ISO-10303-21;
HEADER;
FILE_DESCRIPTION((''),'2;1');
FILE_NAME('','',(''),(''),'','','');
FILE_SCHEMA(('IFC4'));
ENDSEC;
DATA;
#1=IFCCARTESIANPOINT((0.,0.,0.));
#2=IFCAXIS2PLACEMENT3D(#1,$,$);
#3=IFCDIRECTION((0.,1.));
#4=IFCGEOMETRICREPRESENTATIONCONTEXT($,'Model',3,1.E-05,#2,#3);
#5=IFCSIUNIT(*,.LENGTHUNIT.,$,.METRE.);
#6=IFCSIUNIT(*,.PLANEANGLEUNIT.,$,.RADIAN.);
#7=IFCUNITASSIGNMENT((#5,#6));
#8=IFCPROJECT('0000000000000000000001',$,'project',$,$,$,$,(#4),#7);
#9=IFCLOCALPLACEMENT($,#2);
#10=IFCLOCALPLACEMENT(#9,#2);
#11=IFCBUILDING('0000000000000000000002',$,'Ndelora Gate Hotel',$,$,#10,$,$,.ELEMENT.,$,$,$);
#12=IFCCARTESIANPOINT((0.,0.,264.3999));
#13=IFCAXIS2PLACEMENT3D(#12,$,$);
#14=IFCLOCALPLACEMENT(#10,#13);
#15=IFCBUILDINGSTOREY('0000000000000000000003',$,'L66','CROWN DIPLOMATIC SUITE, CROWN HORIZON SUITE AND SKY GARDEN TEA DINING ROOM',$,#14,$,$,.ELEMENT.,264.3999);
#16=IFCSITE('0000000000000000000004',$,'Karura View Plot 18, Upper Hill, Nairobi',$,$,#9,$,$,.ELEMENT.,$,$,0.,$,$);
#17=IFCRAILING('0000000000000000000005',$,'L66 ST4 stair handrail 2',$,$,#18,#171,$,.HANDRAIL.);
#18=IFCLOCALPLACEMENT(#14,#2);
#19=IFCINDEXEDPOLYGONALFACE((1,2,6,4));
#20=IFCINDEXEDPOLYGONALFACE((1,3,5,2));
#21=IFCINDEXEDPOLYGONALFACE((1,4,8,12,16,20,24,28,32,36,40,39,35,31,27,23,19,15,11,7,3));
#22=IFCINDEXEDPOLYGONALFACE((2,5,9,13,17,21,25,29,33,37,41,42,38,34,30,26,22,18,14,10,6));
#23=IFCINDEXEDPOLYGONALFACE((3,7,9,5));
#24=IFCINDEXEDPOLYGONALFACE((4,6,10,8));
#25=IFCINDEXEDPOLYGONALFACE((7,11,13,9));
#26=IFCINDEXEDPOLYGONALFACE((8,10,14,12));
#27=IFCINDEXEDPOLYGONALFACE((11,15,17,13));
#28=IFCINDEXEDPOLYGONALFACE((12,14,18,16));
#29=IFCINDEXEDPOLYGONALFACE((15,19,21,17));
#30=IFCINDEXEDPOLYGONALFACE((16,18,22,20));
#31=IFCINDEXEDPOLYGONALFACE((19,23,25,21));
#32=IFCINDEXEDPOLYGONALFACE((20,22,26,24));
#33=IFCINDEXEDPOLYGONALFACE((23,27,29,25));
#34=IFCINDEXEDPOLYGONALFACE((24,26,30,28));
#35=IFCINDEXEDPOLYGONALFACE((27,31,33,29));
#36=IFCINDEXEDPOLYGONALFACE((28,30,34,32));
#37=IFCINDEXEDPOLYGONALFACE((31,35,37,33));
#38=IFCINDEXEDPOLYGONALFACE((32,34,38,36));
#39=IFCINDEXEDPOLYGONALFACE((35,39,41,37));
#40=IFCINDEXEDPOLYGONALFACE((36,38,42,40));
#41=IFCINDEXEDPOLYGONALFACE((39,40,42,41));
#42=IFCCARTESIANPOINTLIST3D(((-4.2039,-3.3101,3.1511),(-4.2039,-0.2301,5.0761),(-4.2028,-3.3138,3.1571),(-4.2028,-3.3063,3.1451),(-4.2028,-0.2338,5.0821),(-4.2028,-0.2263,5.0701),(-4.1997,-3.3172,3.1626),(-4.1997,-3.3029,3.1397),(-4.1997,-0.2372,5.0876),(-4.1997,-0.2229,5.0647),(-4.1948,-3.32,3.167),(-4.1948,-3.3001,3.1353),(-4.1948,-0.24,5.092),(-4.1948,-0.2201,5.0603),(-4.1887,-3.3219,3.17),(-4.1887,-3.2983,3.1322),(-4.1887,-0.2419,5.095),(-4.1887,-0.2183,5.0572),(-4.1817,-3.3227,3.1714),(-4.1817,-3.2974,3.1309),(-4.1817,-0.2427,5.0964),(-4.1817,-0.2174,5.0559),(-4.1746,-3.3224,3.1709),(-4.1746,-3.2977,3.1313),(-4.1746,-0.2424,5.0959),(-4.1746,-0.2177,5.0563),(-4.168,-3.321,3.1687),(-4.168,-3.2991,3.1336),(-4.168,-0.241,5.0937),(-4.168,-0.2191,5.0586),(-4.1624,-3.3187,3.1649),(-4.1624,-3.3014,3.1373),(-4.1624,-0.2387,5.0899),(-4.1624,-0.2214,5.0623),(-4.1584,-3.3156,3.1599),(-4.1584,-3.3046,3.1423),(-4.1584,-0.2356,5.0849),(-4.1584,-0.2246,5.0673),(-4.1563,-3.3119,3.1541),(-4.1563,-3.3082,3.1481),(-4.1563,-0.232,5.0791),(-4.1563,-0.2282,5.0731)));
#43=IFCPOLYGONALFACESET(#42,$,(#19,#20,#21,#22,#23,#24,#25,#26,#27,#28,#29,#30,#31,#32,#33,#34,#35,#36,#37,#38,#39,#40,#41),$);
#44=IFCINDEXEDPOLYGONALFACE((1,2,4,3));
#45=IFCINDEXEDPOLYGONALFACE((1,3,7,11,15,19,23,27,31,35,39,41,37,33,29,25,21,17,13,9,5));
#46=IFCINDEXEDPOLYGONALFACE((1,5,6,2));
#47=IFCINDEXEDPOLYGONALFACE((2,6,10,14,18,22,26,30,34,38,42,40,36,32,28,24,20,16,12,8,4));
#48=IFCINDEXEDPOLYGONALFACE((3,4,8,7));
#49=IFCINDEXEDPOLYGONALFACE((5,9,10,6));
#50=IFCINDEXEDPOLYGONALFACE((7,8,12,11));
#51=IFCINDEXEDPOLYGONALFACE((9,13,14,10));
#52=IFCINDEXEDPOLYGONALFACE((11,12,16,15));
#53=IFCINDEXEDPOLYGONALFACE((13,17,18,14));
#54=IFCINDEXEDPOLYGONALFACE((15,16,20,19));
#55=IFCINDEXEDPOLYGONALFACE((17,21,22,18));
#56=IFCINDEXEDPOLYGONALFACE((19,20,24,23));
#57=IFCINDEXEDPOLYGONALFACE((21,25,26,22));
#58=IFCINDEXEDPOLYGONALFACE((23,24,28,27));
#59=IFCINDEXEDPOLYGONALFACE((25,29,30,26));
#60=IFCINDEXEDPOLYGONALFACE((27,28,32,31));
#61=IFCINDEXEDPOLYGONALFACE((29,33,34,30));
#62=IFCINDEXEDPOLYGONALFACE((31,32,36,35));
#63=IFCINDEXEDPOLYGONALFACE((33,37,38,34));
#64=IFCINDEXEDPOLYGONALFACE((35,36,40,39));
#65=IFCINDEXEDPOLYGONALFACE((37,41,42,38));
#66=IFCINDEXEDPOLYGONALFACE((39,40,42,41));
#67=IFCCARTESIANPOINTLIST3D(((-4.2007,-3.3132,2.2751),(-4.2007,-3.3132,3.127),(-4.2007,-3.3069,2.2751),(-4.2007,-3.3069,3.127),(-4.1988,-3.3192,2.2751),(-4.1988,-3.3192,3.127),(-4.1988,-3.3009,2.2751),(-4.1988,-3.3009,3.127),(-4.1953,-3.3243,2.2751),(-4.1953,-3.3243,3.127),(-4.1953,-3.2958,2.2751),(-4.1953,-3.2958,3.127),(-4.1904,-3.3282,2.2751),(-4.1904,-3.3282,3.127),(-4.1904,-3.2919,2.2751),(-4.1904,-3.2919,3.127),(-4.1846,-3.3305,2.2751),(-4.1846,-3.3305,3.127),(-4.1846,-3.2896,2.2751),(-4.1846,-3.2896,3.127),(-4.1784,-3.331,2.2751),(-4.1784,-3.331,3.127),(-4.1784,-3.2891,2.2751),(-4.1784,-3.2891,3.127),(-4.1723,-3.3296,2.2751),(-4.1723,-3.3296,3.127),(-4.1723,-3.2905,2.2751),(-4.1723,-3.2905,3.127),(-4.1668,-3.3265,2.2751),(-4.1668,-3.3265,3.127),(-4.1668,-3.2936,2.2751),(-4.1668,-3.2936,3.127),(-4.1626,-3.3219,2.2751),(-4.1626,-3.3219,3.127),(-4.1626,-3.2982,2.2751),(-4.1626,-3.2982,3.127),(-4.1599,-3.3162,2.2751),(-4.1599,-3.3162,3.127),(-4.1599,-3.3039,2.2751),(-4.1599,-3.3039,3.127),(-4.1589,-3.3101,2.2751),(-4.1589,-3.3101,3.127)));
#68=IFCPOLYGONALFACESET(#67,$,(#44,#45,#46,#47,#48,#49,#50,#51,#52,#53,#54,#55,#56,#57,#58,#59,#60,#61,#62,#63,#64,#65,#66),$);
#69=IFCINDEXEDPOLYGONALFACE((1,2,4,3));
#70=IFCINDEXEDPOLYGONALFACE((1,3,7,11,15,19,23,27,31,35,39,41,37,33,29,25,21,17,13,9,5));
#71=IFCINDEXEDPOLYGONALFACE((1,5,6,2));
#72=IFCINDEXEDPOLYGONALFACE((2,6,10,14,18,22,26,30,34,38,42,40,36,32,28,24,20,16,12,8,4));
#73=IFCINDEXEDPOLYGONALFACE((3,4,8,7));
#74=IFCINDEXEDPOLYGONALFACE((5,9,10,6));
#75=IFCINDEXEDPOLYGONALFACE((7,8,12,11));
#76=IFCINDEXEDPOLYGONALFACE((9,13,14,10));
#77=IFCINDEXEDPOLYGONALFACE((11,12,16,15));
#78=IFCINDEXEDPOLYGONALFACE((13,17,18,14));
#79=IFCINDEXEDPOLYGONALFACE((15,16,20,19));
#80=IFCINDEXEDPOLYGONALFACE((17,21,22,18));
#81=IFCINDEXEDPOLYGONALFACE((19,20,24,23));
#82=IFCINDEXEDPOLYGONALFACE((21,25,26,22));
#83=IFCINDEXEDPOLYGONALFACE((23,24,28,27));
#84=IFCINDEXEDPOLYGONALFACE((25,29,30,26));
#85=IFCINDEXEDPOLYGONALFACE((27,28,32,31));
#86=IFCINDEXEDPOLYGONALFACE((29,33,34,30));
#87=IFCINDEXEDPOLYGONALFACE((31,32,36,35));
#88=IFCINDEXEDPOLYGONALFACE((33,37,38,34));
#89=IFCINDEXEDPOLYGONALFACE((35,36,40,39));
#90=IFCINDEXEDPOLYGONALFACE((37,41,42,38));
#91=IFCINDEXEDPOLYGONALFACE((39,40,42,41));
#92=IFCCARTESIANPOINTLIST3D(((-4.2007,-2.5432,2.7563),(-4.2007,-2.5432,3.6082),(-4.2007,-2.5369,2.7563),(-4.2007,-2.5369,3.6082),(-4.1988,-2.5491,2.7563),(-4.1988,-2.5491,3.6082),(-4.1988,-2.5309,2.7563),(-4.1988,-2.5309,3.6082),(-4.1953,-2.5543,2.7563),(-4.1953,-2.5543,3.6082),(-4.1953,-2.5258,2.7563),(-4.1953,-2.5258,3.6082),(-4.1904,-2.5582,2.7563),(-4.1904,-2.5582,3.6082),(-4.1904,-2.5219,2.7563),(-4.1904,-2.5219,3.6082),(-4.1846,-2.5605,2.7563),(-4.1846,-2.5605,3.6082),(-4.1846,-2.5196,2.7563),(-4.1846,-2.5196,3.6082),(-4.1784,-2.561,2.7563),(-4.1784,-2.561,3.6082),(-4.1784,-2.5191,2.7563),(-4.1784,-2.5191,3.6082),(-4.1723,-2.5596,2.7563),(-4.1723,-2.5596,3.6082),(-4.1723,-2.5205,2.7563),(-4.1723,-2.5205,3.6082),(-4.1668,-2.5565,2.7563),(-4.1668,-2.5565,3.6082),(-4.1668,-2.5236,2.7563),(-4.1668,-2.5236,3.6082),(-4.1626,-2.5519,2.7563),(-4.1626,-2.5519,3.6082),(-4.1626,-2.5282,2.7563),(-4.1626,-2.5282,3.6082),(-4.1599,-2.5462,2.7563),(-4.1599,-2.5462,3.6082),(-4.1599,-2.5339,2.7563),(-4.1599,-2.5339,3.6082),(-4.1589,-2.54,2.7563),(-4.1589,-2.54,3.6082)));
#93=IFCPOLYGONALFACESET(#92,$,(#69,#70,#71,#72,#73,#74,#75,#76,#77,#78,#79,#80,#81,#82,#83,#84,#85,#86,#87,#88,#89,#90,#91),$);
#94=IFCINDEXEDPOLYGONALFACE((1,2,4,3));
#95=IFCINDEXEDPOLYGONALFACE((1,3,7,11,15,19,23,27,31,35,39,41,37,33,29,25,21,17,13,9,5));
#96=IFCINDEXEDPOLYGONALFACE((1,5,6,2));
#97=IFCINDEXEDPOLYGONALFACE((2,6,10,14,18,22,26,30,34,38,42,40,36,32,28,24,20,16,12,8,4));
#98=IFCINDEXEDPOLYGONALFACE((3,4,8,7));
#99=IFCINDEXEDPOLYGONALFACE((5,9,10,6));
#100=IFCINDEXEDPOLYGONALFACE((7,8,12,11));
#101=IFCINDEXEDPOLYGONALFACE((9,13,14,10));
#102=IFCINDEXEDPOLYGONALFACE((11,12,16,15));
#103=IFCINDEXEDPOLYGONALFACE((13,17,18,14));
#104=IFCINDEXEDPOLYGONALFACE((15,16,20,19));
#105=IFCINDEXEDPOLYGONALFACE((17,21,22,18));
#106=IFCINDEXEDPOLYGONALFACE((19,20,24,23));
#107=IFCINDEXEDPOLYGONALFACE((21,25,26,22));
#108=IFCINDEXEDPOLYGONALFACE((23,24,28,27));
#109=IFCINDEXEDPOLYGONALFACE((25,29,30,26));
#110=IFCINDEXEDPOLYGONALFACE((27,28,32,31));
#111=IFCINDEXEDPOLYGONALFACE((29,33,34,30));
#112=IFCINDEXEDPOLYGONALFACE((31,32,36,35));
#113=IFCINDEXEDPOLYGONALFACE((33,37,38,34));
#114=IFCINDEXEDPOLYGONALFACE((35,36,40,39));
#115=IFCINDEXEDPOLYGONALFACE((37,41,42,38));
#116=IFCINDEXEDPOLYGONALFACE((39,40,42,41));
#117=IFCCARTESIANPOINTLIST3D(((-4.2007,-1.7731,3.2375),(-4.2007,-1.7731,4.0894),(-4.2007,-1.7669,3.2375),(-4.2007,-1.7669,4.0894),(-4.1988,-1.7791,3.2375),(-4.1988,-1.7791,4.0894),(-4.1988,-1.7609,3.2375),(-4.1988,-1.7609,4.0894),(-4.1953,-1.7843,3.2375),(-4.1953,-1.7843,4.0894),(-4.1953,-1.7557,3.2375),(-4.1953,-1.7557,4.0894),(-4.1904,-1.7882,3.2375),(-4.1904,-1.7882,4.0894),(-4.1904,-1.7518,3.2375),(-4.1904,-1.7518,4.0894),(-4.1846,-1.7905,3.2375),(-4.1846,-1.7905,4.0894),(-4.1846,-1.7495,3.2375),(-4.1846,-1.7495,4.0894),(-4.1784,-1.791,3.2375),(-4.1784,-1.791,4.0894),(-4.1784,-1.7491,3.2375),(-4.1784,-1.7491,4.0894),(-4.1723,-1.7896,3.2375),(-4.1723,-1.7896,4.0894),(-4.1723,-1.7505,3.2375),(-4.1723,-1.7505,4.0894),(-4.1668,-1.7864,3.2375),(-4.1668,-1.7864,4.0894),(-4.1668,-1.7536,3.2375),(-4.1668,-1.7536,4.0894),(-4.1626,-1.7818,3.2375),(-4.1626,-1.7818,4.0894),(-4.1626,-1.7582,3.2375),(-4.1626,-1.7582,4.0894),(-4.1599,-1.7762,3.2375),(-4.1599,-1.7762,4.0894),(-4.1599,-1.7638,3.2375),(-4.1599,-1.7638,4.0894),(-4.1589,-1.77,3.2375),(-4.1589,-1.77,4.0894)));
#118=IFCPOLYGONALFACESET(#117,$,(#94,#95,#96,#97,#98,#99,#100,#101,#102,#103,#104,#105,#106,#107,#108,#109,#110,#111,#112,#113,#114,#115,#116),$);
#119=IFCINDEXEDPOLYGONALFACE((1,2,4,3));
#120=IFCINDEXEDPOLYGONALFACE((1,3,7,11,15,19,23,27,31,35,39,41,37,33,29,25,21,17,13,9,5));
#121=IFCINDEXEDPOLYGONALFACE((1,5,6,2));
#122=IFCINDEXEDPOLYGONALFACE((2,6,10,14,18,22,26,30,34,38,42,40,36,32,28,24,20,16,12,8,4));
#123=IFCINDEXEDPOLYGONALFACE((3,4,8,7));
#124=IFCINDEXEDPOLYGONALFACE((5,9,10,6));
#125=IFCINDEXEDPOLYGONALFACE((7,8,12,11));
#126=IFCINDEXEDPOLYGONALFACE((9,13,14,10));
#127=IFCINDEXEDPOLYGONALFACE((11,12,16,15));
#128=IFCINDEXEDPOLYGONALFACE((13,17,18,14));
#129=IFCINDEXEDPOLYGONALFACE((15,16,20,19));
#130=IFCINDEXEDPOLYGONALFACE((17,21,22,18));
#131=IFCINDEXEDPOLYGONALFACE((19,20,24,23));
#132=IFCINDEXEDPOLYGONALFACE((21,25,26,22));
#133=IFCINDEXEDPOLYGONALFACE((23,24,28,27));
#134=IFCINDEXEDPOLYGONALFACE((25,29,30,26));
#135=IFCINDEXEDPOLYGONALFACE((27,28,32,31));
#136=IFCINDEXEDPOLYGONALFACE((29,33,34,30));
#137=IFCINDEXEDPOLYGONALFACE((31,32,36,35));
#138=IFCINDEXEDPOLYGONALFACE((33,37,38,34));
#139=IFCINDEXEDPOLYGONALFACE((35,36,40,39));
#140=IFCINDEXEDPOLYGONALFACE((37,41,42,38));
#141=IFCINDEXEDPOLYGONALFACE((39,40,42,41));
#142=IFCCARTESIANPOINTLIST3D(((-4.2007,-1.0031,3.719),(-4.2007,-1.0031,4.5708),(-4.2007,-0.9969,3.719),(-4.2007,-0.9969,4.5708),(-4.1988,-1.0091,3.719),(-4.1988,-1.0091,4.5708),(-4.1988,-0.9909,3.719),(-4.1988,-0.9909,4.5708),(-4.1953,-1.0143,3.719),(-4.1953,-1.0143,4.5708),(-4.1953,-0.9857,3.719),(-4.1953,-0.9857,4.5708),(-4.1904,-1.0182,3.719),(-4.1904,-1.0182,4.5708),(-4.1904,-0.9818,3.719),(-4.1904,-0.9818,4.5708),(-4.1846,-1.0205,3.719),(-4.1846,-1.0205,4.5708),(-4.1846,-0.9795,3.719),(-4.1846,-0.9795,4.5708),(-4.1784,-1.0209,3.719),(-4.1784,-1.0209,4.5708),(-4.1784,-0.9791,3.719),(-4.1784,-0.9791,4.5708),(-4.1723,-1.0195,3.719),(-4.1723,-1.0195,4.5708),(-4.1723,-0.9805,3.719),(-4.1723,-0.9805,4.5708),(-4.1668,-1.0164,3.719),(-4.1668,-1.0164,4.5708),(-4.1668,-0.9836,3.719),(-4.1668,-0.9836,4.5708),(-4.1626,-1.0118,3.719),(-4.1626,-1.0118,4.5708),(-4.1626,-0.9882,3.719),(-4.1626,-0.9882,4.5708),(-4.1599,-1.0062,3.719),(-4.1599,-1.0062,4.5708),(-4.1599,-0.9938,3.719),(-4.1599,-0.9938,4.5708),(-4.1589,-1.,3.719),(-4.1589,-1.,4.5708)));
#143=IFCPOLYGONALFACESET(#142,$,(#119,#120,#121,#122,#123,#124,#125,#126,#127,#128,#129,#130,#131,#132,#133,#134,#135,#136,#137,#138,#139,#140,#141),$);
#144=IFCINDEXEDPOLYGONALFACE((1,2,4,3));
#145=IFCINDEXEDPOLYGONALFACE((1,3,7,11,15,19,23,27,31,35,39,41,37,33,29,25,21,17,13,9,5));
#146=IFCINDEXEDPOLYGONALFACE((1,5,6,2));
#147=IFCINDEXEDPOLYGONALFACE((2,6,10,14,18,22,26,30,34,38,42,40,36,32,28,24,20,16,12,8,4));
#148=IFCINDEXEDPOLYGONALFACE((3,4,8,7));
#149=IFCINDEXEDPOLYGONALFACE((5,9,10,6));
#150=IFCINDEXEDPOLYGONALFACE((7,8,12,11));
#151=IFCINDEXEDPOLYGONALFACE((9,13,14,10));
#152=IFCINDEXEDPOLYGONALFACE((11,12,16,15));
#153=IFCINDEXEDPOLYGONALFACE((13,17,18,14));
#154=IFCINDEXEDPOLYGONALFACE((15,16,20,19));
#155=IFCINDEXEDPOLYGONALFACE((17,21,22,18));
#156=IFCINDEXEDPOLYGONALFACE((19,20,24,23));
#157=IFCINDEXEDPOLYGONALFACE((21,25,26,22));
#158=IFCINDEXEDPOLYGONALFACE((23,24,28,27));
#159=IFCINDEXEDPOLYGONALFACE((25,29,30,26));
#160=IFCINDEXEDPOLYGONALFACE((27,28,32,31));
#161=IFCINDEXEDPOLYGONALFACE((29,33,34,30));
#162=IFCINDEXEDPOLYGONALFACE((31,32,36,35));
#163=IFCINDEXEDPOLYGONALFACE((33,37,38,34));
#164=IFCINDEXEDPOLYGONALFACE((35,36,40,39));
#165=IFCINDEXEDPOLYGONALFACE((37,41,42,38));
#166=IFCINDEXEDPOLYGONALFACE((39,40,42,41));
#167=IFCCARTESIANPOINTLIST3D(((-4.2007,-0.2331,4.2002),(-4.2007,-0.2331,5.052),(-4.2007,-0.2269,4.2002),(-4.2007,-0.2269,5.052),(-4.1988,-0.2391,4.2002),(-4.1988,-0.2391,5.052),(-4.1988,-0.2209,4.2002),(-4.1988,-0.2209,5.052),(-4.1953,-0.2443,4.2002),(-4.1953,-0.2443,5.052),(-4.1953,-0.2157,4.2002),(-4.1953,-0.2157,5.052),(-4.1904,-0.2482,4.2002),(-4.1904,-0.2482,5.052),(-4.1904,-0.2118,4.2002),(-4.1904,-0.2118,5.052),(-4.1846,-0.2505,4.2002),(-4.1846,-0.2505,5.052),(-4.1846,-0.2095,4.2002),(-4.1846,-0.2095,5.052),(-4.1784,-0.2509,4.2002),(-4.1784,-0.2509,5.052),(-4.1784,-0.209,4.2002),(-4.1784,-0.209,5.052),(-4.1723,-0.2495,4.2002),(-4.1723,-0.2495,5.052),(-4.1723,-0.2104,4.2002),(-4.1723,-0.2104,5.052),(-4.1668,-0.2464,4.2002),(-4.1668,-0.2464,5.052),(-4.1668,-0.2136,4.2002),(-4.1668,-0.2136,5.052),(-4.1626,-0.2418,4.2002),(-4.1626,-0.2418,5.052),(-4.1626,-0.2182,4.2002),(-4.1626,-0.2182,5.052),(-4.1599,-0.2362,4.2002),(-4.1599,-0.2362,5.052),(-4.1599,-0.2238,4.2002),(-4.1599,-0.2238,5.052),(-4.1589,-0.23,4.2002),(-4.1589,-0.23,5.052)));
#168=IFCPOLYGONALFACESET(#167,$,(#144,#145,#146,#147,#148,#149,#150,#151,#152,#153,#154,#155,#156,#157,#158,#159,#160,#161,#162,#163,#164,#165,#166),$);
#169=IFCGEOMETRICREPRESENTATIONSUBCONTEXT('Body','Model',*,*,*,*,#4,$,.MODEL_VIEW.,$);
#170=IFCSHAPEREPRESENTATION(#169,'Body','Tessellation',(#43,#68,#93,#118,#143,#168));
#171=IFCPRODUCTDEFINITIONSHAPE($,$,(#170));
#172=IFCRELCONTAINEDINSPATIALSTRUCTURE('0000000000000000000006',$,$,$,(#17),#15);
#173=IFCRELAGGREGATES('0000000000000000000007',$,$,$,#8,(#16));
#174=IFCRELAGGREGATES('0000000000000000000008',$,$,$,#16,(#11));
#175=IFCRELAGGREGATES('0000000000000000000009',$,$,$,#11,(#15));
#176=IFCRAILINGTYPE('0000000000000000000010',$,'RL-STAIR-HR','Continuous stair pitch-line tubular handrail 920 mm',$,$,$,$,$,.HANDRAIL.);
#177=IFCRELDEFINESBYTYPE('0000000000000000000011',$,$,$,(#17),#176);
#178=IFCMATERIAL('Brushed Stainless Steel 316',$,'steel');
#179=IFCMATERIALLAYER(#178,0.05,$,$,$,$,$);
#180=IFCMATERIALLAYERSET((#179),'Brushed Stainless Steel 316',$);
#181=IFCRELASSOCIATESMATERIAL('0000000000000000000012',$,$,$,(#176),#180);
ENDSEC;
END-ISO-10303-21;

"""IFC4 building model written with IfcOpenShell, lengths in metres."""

from ifc_helpers import new_model, si_unit, direction, frame, origin, origin_2d, place, context, subcontext, project, spatial, circle, extrude, material, layer, layer_set, type_object, element, save


model = new_model("IFC4")

# Units and contexts
model_context = context("Model", 3, precision=1e-05, world=origin(), true_north=direction((0.0, 1.0)))
body_context = subcontext(model_context, "Body", "Model", "MODEL_VIEW")
ifc_project = project(units=[si_unit("LENGTHUNIT", "METRE"), si_unit("PLANEANGLEUNIT", "RADIAN")], contexts=[model_context])

# Site, building, storey
site_placement = place(None, origin())
site = spatial("IfcSite", under=ifc_project, at=site_placement, Name="Karura View Plot 18, Upper Hill, Nairobi", CompositionType="ELEMENT", RefElevation=0.0)
building_placement = place(site_placement, origin())
building = spatial("IfcBuilding", under=site, at=building_placement, Name="Ndelora Gate Hotel", CompositionType="ELEMENT")
storey_placement = place(building_placement, frame((0.0, 0.0, 264.3999)))
storey = spatial("IfcBuildingStorey", under=building, at=storey_placement, Name="L66", Description="CROWN DIPLOMATIC SUITE, CROWN HORIZON SUITE AND SKY GARDEN TEA DINING ROOM", CompositionType="ELEMENT", Elevation=264.3999)

# Railing
ifc_material_1 = material(Name="Brushed Stainless Steel 316", Category="steel")
ifc_layer_1 = layer(ifc_material_1, 0.05)
ifc_layer_set_1 = layer_set([ifc_layer_1], Name="Brushed Stainless Steel 316")
railing_type_1 = type_object("IfcRailingType", Name="RL-STAIR-HR", Description="Continuous stair pitch-line tubular handrail 920 mm", PredefinedType="HANDRAIL", material=ifc_layer_set_1)
railing_1_placement = place(storey_placement, frame((-4.1799, -3.3101, 2.2751)))
element("IfcRailing", 1, at=railing_1_placement, inside=storey, type_object=railing_type_1, Name="L66 ST4 stair handrail 2", PredefinedType="HANDRAIL", context=body_context, shape_type="SweptSolid", body=[
    extrude(circle(Radius=0.0239, at=origin_2d()), frame((0.0, 0.0, 0.876), z_axis=(0.0, 0.847998, 0.529999), x_axis=(-1.0, 0.0, 0.0)), (0.0, 0.0, 1.0), 3.6321),
    extrude(circle(Radius=0.021, at=origin_2d()), origin(), (0.0, 0.0, 1.0), 0.8518),
    extrude(circle(Radius=0.021, at=origin_2d()), frame((0.0, 0.77, 0.4812)), (0.0, 0.0, 1.0), 0.8518),
    extrude(circle(Radius=0.021, at=origin_2d()), frame((0.0, 1.54, 0.9624)), (0.0, 0.0, 1.0), 0.8518),
    extrude(circle(Radius=0.021, at=origin_2d()), frame((0.0, 2.3101, 1.4438)), (0.0, 0.0, 1.0), 0.8518),
    extrude(circle(Radius=0.021, at=origin_2d()), frame((0.0, 3.0801, 1.925)), (0.0, 0.0, 1.0), 0.8518),
])

save(model, "model.ifc")
